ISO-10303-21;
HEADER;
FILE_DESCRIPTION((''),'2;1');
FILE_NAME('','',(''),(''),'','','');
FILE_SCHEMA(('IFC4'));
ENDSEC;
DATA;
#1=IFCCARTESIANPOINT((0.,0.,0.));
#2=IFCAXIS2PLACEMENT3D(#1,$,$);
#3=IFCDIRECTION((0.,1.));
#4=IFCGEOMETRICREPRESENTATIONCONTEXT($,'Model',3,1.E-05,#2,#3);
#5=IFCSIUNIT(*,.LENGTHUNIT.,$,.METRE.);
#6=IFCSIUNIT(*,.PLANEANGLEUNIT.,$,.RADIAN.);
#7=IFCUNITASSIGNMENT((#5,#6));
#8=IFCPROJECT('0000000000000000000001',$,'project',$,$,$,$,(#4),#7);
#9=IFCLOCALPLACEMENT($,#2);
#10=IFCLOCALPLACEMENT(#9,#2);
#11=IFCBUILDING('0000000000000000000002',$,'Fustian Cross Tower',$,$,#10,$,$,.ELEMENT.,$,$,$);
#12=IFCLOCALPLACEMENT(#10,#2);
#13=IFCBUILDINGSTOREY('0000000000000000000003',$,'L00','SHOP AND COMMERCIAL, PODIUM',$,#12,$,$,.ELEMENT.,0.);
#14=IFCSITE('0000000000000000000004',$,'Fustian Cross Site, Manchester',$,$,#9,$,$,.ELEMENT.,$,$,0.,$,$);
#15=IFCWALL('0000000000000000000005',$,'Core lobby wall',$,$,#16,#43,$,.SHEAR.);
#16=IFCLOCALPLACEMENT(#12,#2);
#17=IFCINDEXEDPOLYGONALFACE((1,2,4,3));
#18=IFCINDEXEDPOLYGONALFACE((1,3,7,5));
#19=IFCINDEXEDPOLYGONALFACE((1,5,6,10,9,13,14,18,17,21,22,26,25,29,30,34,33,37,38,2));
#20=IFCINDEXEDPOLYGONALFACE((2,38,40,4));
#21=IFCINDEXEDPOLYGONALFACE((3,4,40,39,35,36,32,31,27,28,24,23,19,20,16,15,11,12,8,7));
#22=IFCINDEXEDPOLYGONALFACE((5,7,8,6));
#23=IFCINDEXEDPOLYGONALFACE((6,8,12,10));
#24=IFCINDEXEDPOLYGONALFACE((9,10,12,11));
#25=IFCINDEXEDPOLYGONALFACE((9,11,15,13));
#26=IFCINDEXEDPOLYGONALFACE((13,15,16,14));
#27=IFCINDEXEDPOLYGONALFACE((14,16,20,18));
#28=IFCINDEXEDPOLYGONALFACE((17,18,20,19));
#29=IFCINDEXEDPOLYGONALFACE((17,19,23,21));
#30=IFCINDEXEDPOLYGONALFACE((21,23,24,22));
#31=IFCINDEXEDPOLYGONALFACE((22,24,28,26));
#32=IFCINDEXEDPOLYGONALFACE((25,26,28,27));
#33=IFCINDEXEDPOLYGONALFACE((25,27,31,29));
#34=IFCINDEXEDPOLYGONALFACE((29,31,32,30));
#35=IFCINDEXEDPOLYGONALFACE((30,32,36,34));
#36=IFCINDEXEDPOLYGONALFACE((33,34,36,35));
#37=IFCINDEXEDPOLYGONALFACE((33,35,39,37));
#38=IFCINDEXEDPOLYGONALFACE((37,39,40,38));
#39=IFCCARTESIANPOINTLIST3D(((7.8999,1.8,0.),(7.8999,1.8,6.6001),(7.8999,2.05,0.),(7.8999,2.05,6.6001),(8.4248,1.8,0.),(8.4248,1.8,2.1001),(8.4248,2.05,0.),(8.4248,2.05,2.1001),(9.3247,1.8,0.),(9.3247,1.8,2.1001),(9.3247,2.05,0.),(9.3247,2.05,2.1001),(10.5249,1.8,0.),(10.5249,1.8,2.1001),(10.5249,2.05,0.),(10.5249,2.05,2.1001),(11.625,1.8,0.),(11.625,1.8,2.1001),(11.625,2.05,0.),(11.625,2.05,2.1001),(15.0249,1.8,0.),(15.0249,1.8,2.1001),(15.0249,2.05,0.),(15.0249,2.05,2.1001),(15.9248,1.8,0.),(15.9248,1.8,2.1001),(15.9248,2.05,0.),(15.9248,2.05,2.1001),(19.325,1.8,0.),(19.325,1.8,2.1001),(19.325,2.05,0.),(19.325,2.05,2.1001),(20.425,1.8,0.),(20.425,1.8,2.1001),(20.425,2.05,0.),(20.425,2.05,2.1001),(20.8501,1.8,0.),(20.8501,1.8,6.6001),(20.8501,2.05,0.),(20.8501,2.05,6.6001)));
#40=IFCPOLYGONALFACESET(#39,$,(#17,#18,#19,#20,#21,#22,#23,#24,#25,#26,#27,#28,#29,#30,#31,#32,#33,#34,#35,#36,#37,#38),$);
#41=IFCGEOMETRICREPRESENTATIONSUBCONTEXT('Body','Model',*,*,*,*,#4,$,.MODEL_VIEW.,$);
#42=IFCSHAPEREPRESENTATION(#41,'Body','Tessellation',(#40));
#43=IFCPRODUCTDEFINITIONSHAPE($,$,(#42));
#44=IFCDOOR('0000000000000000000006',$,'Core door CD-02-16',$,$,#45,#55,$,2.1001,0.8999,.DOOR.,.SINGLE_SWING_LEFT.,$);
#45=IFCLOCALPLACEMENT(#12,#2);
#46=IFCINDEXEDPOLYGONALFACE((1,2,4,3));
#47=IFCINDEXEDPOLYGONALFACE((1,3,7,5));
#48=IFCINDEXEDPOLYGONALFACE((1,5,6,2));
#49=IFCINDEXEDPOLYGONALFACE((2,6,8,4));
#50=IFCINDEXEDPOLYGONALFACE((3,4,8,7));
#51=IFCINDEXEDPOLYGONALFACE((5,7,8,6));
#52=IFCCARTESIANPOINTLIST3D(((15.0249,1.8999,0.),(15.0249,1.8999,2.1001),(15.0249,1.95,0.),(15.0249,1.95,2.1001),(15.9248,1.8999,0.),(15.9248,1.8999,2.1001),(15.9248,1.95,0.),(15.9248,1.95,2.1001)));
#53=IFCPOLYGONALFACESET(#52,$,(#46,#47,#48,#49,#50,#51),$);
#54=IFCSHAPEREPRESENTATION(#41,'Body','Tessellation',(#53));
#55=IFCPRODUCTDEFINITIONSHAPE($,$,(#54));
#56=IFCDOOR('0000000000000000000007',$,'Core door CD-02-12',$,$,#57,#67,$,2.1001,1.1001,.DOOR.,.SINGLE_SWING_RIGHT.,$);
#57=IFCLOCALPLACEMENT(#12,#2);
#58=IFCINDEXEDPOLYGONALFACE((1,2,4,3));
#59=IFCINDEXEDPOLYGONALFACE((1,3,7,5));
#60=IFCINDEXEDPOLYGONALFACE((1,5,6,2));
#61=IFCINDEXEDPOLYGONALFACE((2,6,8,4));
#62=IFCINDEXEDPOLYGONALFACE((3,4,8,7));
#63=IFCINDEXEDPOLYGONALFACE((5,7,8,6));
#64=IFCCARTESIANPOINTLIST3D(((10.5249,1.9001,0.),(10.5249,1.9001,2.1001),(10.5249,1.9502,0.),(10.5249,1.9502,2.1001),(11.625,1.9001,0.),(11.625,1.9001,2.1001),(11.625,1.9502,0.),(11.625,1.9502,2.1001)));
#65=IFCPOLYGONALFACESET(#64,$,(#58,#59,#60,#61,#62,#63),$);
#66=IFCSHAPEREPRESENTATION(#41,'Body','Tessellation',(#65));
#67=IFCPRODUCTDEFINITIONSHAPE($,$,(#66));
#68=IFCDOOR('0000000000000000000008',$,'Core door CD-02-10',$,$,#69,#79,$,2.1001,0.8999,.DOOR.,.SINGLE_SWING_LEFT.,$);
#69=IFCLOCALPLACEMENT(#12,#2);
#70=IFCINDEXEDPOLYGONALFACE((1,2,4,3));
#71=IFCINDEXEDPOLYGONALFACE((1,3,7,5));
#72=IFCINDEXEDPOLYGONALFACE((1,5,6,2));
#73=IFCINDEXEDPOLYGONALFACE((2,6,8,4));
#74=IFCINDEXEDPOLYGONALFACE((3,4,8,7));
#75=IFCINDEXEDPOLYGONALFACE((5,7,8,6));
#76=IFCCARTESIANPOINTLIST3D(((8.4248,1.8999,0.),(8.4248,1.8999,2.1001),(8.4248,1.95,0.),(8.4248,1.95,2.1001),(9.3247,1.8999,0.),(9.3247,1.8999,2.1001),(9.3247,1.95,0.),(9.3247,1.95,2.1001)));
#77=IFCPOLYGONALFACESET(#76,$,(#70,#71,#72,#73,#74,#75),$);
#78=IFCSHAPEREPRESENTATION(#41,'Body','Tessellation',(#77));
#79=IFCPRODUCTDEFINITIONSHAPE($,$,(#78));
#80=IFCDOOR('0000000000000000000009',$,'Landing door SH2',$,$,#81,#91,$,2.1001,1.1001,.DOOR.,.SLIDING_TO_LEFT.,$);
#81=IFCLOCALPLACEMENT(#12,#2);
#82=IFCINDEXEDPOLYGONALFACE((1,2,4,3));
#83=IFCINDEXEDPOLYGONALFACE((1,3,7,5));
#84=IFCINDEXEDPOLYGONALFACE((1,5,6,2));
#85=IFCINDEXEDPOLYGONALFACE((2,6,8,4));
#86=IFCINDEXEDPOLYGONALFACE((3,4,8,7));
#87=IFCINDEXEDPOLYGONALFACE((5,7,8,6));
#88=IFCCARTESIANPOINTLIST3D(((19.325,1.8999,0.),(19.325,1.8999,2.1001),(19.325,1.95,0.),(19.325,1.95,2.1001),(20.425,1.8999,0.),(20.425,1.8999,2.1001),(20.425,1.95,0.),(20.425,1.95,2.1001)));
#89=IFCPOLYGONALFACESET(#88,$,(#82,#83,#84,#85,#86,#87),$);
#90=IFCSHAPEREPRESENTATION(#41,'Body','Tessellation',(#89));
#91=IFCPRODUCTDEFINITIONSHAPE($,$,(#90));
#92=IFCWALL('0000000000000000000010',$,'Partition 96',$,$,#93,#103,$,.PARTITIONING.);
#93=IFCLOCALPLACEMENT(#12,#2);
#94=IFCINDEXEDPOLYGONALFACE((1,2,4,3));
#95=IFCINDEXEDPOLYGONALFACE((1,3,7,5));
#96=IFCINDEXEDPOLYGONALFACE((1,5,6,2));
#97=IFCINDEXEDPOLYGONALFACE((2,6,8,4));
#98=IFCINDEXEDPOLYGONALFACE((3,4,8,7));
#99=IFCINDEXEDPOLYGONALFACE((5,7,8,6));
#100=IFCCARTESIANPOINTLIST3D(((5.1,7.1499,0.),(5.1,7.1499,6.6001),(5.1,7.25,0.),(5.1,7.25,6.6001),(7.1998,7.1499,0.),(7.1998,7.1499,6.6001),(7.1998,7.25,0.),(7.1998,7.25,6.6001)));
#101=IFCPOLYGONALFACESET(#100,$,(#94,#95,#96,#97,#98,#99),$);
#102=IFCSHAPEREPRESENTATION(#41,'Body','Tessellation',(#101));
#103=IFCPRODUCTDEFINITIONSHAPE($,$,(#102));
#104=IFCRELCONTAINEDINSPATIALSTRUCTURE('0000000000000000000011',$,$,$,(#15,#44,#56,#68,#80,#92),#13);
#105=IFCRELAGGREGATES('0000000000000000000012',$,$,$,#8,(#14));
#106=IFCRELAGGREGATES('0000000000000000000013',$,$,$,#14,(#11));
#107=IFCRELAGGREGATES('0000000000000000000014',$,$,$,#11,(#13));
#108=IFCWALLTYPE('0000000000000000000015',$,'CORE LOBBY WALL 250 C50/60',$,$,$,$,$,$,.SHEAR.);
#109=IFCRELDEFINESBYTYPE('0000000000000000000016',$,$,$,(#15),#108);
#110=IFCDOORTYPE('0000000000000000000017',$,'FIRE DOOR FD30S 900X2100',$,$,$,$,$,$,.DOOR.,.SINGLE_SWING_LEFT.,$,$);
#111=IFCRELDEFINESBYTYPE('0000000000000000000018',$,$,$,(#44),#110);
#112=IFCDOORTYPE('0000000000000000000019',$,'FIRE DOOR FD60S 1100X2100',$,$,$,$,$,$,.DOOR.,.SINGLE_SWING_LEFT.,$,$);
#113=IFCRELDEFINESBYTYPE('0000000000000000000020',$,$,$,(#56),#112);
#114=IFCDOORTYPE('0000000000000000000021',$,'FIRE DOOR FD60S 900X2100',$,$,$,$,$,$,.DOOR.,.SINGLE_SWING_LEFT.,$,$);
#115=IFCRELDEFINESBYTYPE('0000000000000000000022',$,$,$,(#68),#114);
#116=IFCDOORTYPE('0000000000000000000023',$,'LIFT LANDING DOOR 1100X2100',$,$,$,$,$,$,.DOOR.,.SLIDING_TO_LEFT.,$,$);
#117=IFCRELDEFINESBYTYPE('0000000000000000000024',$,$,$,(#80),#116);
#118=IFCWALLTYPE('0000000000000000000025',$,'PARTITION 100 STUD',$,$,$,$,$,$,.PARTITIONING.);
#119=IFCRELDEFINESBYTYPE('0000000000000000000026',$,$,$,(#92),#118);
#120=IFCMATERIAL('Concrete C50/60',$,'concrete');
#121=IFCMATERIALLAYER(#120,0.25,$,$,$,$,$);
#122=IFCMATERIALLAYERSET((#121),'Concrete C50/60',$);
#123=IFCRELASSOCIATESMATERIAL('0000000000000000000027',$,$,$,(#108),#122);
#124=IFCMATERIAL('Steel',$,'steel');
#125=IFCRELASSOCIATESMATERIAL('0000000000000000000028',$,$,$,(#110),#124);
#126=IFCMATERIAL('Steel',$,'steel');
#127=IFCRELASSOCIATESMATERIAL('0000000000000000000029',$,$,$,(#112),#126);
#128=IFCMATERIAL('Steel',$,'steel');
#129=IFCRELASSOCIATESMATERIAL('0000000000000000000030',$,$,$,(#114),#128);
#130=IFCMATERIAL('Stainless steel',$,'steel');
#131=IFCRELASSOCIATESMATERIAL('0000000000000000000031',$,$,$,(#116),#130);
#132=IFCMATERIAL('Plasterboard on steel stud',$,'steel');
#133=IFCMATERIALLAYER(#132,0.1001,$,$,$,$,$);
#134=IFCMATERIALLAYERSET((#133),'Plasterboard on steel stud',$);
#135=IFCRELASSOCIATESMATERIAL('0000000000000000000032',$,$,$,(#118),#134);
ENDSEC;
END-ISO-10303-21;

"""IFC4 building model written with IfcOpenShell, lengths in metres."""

from ifc_helpers import new_model, si_unit, direction, frame, frame_2d, origin, place, context, subcontext, project, spatial, rectangle, extrude, material, layer, layer_set, type_object, element, fill, save


model = new_model("IFC4")

# Units and contexts
model_context = context("Model", 3, precision=1e-05, world=origin(), true_north=direction((0.0, 1.0)))
body_context = subcontext(model_context, "Body", "Model", "MODEL_VIEW")
ifc_project = project(units=[si_unit("LENGTHUNIT", "METRE"), si_unit("PLANEANGLEUNIT", "RADIAN")], contexts=[model_context])

# Site, building, storey
site_placement = place(None, origin())
site = spatial("IfcSite", under=ifc_project, at=site_placement, Name="Fustian Cross Site, Manchester", CompositionType="ELEMENT", RefElevation=0.0)
building_placement = place(site_placement, origin())
building = spatial("IfcBuilding", under=site, at=building_placement, Name="Fustian Cross Tower", CompositionType="ELEMENT")
storey_placement = place(building_placement, origin())
storey = spatial("IfcBuildingStorey", under=building, at=storey_placement, Name="L00", Description="SHOP AND COMMERCIAL, PODIUM", CompositionType="ELEMENT", Elevation=0.0)

# Wall, openings, doors
ifc_material_1 = material(Name="Concrete C50/60", Category="concrete")
ifc_layer_1 = layer(ifc_material_1, 0.25)
ifc_layer_set_1 = layer_set([ifc_layer_1], Name="Concrete C50/60")
wall_type_1 = type_object("IfcWallType", Name="CORE LOBBY WALL 250 C50/60", PredefinedType="SHEAR", material=ifc_layer_set_1)
wall_1_placement = place(storey_placement, frame((7.8999, 1.925, 0.0), z_axis=(0.0, 0.0, 1.0), x_axis=(1.0, 0.0, 0.0)))
wall_1 = element("IfcWall", 1, at=wall_1_placement, inside=storey, type_object=wall_type_1, Name="Core lobby wall", PredefinedType="SHEAR", context=body_context, shape_type="SweptSolid", body=[
    extrude(rectangle(XDim=12.9502, YDim=0.25, at=frame_2d((6.4751, 0.0))), origin(), (0.0, 0.0, 1.0), 6.6001),
])
opening_1_placement = place(wall_1_placement, frame((11.425, 0.0, 0.0)))
opening_1 = element("IfcOpeningElement", 2, at=opening_1_placement, cuts=wall_1, PredefinedType="OPENING", context=body_context, shape_type="SweptSolid", body=[
    extrude(rectangle(XDim=1.1001, YDim=2.1001, at=frame_2d((0.55, 1.05))), frame((0.0, 0.135, 0.0), z_axis=(0.0, -1.0, 0.0), x_axis=(1.0, 0.0, 0.0)), (0.0, 0.0, 1.0), 0.27),
])
opening_2_placement = place(wall_1_placement, frame((0.5249, 0.0, 0.0)))
opening_2 = element("IfcOpeningElement", 3, at=opening_2_placement, cuts=wall_1, PredefinedType="OPENING", context=body_context, shape_type="SweptSolid", body=[
    extrude(rectangle(XDim=0.8999, YDim=2.1001, at=frame_2d((0.45, 1.05))), frame((0.0, 0.135, 0.0), z_axis=(0.0, -1.0, 0.0), x_axis=(1.0, 0.0, 0.0)), (0.0, 0.0, 1.0), 0.27),
])
opening_3_placement = place(wall_1_placement, frame((2.625, 0.0, 0.0)))
opening_3 = element("IfcOpeningElement", 4, at=opening_3_placement, cuts=wall_1, PredefinedType="OPENING", context=body_context, shape_type="SweptSolid", body=[
    extrude(rectangle(XDim=1.1001, YDim=2.1001, at=frame_2d((0.55, 1.05))), frame((0.0, 0.135, 0.0), z_axis=(0.0, -1.0, 0.0), x_axis=(1.0, 0.0, 0.0)), (0.0, 0.0, 1.0), 0.27),
])
opening_4_placement = place(wall_1_placement, frame((7.125, 0.0, 0.0)))
opening_4 = element("IfcOpeningElement", 5, at=opening_4_placement, cuts=wall_1, PredefinedType="OPENING", context=body_context, shape_type="SweptSolid", body=[
    extrude(rectangle(XDim=0.8999, YDim=2.1001, at=frame_2d((0.45, 1.05))), frame((0.0, 0.135, 0.0), z_axis=(0.0, -1.0, 0.0), x_axis=(1.0, 0.0, 0.0)), (0.0, 0.0, 1.0), 0.27),
])
ifc_material_2 = material(Name="Steel", Category="steel")
door_type_1 = type_object("IfcDoorType", Name="FIRE DOOR FD30S 900X2100", OperationType="SINGLE_SWING_LEFT", PredefinedType="DOOR", material=ifc_material_2)
door_1_placement = place(opening_4_placement, origin())
door_1 = element("IfcDoor", 6, at=door_1_placement, inside=storey, type_object=door_type_1, Name="Core door CD-02-16", OperationType="SINGLE_SWING_LEFT", OverallHeight=2.1001, OverallWidth=0.8999, PredefinedType="DOOR", context=body_context, shape_type="SweptSolid", body=[
    extrude(rectangle(XDim=0.8999, YDim=2.1001, at=frame_2d((0.45, 1.05))), frame((0.0, 0.0249, 0.0), z_axis=(0.0, -1.0, 0.0), x_axis=(1.0, 0.0, 0.0)), (0.0, 0.0, 1.0), 0.05),
])
fill(opening_4, door_1)
ifc_material_3 = material(Name="Steel", Category="steel")
door_type_2 = type_object("IfcDoorType", Name="FIRE DOOR FD60S 1100X2100", OperationType="SINGLE_SWING_LEFT", PredefinedType="DOOR", material=ifc_material_3)
door_2_placement = place(opening_3_placement, frame((1.1001, 0.0, 0.0), z_axis=(0.0, 0.0, 1.0), x_axis=(-1.0, 0.0, 0.0)))
door_2 = element("IfcDoor", 7, at=door_2_placement, inside=storey, type_object=door_type_2, Name="Core door CD-02-12", OperationType="SINGLE_SWING_RIGHT", OverallHeight=2.1001, OverallWidth=1.1001, PredefinedType="DOOR", context=body_context, shape_type="SweptSolid", body=[
    extrude(rectangle(XDim=1.1001, YDim=2.1001, at=frame_2d((0.55, 1.05))), frame((0.0, 0.0249, 0.0), z_axis=(0.0, -1.0, 0.0), x_axis=(1.0, 0.0, 0.0)), (0.0, 0.0, 1.0), 0.05),
])
fill(opening_3, door_2)
ifc_material_4 = material(Name="Steel", Category="steel")
door_type_3 = type_object("IfcDoorType", Name="FIRE DOOR FD60S 900X2100", OperationType="SINGLE_SWING_LEFT", PredefinedType="DOOR", material=ifc_material_4)
door_3_placement = place(opening_2_placement, origin())
door_3 = element("IfcDoor", 8, at=door_3_placement, inside=storey, type_object=door_type_3, Name="Core door CD-02-10", OperationType="SINGLE_SWING_LEFT", OverallHeight=2.1001, OverallWidth=0.8999, PredefinedType="DOOR", context=body_context, shape_type="SweptSolid", body=[
    extrude(rectangle(XDim=0.8999, YDim=2.1001, at=frame_2d((0.45, 1.05))), frame((0.0, 0.0249, 0.0), z_axis=(0.0, -1.0, 0.0), x_axis=(1.0, 0.0, 0.0)), (0.0, 0.0, 1.0), 0.05),
])
fill(opening_2, door_3)
ifc_material_5 = material(Name="Stainless steel", Category="steel")
door_type_4 = type_object("IfcDoorType", Name="LIFT LANDING DOOR 1100X2100", OperationType="SLIDING_TO_LEFT", PredefinedType="DOOR", material=ifc_material_5)
door_4_placement = place(opening_1_placement, origin())
door_4 = element("IfcDoor", 9, at=door_4_placement, inside=storey, type_object=door_type_4, Name="Landing door SH2", OperationType="SLIDING_TO_LEFT", OverallHeight=2.1001, OverallWidth=1.1001, PredefinedType="DOOR", context=body_context, shape_type="SweptSolid", body=[
    extrude(rectangle(XDim=1.1001, YDim=2.1001, at=frame_2d((0.55, 1.05))), frame((0.0, 0.0249, 0.0), z_axis=(0.0, -1.0, 0.0), x_axis=(1.0, 0.0, 0.0)), (0.0, 0.0, 1.0), 0.05),
])
fill(opening_1, door_4)

# Wall
ifc_material_6 = material(Name="Plasterboard on steel stud", Category="steel")
ifc_layer_2 = layer(ifc_material_6, 0.1001)
ifc_layer_set_2 = layer_set([ifc_layer_2], Name="Plasterboard on steel stud")
wall_type_2 = type_object("IfcWallType", Name="PARTITION 100 STUD", PredefinedType="PARTITIONING", material=ifc_layer_set_2)
wall_2_placement = place(storey_placement, frame((5.1001, 7.2, 0.0), z_axis=(0.0, 0.0, 1.0), x_axis=(1.0, 0.0, 0.0)))
element("IfcWall", 10, at=wall_2_placement, inside=storey, type_object=wall_type_2, Name="Partition 96", PredefinedType="PARTITIONING", context=body_context, shape_type="SweptSolid", body=[
    extrude(rectangle(XDim=2.0999, YDim=0.1001, at=frame_2d((1.0498, 0.0))), origin(), (0.0, 0.0, 1.0), 6.6001),
])

save(model, "model.ifc")
